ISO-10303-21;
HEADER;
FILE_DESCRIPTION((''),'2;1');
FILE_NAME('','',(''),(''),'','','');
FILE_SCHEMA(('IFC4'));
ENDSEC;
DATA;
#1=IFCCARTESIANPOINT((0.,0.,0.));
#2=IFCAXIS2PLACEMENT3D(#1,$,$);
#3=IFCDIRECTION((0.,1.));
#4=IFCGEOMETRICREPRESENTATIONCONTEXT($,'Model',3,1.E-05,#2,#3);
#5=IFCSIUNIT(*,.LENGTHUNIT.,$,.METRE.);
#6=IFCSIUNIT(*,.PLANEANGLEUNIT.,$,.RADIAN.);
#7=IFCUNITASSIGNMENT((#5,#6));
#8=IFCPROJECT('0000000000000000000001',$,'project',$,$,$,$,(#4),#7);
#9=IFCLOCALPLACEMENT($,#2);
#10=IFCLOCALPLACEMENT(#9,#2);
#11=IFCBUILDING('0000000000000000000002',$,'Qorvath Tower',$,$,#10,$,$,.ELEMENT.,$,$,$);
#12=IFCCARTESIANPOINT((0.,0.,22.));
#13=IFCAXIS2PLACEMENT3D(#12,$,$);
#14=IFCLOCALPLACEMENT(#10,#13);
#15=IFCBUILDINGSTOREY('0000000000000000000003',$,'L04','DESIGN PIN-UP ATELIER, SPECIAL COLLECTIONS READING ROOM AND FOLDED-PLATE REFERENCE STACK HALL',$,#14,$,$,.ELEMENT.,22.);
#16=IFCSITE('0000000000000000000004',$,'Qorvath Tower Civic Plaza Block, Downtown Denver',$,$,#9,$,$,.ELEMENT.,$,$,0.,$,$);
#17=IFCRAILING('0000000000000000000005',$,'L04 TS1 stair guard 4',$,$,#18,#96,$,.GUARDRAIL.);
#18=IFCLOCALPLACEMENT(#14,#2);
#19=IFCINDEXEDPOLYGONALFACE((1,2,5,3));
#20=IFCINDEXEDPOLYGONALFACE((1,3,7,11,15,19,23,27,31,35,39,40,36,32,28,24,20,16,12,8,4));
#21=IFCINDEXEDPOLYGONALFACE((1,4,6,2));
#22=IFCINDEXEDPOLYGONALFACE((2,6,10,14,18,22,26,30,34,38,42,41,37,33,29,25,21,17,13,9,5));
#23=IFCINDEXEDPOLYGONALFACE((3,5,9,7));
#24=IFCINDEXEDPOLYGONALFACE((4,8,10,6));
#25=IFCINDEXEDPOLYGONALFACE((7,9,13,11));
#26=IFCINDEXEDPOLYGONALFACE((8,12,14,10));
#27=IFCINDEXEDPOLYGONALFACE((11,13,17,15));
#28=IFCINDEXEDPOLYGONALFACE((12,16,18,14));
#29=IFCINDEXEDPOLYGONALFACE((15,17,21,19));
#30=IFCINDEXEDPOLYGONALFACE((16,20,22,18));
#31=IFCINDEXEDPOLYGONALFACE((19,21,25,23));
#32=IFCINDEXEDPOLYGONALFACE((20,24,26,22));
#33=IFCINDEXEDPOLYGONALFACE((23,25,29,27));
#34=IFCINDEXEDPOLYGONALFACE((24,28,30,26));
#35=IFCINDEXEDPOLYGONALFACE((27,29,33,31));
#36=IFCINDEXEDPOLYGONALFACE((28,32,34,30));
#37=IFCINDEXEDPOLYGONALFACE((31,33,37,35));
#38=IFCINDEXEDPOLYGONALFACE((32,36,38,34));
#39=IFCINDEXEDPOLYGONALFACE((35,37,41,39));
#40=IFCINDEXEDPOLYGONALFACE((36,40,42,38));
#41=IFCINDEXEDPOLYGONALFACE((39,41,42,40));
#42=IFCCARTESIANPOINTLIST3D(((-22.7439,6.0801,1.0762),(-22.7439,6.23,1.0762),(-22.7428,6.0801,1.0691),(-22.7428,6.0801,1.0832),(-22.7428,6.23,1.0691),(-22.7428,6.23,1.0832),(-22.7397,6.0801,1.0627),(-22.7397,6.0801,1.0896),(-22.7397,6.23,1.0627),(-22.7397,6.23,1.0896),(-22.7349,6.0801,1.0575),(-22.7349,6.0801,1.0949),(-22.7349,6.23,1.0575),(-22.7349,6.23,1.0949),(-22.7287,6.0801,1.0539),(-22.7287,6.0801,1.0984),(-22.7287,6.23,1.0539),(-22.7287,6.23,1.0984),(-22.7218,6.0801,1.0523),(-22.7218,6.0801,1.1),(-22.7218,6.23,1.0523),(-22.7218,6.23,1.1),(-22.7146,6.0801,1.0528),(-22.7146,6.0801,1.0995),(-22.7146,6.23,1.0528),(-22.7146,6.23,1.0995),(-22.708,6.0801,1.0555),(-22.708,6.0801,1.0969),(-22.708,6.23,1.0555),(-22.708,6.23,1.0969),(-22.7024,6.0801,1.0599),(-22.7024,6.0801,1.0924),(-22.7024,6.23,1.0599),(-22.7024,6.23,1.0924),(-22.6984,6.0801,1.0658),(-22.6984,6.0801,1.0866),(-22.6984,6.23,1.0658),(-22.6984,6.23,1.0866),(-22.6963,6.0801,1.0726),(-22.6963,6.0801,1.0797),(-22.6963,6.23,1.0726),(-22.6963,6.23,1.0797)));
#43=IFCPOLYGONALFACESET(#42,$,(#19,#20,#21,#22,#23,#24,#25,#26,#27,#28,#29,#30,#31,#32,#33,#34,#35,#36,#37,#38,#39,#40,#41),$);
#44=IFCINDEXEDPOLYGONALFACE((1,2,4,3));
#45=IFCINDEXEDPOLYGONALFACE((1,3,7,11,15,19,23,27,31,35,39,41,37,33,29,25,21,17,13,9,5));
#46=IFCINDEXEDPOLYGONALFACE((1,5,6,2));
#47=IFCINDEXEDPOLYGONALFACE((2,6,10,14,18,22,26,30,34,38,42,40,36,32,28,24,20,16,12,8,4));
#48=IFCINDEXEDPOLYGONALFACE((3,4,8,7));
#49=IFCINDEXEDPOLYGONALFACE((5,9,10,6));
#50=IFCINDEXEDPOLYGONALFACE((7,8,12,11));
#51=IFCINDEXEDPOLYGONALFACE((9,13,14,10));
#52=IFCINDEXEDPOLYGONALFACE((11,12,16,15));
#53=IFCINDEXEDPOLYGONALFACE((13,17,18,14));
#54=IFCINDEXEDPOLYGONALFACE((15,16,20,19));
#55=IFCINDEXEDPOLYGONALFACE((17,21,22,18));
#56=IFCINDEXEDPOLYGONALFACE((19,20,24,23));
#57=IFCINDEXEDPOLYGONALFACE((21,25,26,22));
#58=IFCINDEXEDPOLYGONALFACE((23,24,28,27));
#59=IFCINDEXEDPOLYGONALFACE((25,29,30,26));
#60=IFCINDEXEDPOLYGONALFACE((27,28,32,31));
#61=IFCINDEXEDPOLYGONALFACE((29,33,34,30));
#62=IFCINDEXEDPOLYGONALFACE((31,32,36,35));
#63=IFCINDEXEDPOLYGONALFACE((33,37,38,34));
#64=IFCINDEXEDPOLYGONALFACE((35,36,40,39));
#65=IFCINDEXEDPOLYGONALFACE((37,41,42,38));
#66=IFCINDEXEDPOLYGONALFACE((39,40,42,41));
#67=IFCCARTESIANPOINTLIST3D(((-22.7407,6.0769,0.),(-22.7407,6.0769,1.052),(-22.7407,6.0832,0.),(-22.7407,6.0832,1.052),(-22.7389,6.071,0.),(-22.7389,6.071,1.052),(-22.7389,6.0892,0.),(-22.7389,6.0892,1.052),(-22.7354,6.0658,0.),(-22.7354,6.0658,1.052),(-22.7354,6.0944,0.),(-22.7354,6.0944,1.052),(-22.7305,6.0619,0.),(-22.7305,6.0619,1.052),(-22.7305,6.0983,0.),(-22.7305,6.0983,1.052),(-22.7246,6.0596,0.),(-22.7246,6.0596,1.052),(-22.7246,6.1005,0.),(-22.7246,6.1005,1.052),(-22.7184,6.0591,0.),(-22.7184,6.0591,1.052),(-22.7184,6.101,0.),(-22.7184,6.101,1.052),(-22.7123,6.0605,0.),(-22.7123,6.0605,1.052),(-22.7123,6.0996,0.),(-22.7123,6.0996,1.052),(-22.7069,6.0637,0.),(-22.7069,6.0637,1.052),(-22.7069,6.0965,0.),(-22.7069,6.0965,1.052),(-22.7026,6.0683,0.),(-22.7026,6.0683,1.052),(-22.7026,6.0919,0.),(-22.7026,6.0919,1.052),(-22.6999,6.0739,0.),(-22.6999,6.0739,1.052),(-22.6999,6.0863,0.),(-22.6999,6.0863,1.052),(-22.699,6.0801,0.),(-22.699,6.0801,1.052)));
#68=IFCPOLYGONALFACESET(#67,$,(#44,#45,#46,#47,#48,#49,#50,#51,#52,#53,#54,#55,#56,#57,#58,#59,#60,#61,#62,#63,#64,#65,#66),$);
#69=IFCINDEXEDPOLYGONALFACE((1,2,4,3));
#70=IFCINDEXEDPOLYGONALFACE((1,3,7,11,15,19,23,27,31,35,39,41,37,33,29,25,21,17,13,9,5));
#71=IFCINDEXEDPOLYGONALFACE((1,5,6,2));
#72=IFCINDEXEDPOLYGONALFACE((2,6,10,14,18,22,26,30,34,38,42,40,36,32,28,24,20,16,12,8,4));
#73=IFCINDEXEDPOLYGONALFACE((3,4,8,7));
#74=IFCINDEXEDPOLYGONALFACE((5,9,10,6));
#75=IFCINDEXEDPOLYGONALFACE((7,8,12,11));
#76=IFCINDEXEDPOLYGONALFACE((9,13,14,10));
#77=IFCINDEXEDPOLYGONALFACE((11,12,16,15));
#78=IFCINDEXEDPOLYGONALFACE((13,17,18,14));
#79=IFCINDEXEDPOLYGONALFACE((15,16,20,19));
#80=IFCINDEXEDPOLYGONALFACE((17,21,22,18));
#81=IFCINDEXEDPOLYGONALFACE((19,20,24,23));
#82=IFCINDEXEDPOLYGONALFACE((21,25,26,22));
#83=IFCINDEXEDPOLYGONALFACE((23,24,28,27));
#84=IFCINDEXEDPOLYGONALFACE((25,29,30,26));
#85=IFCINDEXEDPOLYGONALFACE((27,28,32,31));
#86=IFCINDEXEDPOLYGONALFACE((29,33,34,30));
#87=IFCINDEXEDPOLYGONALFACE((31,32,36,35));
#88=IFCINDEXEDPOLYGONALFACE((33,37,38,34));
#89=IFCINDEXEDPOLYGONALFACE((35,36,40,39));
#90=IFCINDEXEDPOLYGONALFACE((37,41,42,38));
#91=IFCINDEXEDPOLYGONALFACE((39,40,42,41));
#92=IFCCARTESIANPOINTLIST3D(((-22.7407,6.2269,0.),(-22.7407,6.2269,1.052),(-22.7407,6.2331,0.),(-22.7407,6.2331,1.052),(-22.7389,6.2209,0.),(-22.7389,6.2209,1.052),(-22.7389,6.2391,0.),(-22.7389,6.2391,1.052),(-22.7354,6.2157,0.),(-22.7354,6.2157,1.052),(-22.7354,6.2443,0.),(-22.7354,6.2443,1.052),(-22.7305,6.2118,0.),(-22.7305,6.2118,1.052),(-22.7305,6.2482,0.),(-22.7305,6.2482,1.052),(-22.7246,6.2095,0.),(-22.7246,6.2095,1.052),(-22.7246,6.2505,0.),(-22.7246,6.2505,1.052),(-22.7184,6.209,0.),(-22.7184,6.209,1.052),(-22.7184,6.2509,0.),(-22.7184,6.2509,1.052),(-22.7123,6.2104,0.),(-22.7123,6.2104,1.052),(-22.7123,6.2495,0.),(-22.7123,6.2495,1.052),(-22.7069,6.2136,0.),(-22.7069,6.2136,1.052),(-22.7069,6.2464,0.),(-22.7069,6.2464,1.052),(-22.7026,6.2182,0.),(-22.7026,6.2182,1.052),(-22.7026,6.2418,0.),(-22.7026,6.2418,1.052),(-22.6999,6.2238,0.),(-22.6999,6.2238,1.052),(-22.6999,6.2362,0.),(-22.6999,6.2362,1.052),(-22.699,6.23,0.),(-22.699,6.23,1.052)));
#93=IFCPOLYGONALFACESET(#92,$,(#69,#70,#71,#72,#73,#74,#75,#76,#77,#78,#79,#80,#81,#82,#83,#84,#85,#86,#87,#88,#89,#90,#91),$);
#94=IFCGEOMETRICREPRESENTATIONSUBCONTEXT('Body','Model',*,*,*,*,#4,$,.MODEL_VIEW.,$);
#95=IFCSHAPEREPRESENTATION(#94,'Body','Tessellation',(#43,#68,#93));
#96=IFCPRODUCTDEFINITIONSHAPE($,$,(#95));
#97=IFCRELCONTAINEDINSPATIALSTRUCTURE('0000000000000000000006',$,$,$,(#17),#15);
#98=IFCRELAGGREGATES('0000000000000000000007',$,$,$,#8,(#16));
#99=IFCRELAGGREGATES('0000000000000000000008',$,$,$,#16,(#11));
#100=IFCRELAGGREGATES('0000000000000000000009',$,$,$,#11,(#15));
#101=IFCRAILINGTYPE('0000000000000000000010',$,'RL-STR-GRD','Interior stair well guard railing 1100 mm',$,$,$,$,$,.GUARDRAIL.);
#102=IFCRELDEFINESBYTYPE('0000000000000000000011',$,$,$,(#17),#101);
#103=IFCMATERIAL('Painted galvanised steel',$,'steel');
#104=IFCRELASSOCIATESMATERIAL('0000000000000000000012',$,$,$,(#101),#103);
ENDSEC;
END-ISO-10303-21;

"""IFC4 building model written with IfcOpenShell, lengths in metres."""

from ifc_helpers import new_model, si_unit, direction, frame, origin, origin_2d, place, context, subcontext, project, spatial, circle, extrude, material, type_object, element, save


model = new_model("IFC4")

# Units and contexts
model_context = context("Model", 3, precision=1e-05, world=origin(), true_north=direction((0.0, 1.0)))
body_context = subcontext(model_context, "Body", "Model", "MODEL_VIEW")
ifc_project = project(units=[si_unit("LENGTHUNIT", "METRE"), si_unit("PLANEANGLEUNIT", "RADIAN")], contexts=[model_context])

# Site, building, storey
site_placement = place(None, origin())
site = spatial("IfcSite", under=ifc_project, at=site_placement, Name="Qorvath Tower Civic Plaza Block, Downtown Denver", CompositionType="ELEMENT", RefElevation=0.0)
building_placement = place(site_placement, origin())
building = spatial("IfcBuilding", under=site, at=building_placement, Name="Qorvath Tower", CompositionType="ELEMENT")
storey_placement = place(building_placement, frame((0.0, 0.0, 22.0)))
storey = spatial("IfcBuildingStorey", under=building, at=storey_placement, Name="L04", Description="DESIGN PIN-UP ATELIER, SPECIAL COLLECTIONS READING ROOM AND FOLDED-PLATE REFERENCE STACK HALL", CompositionType="ELEMENT", Elevation=22.0)

# Railing
ifc_material_1 = material(Name="Painted galvanised steel", Category="steel")
railing_type_1 = type_object("IfcRailingType", Name="RL-STR-GRD", Description="Interior stair well guard railing 1100 mm", PredefinedType="GUARDRAIL", material=ifc_material_1)
railing_1_placement = place(storey_placement, frame((-22.72, 6.0801, 0.0)))
element("IfcRailing", 1, at=railing_1_placement, inside=storey, type_object=railing_type_1, Name="L04 TS1 stair guard 4", PredefinedType="GUARDRAIL", context=body_context, shape_type="SweptSolid", body=[
    extrude(circle(Radius=0.0239, at=origin_2d()), frame((0.0, 0.0, 1.0762), z_axis=(0.0, 1.0, 0.0), x_axis=(-1.0, 0.0, 0.0)), (0.0, 0.0, 1.0), 0.1499),
    extrude(circle(Radius=0.021, at=origin_2d()), origin(), (0.0, 0.0, 1.0), 1.052),
    extrude(circle(Radius=0.021, at=origin_2d()), frame((0.0, 0.1499, 0.0)), (0.0, 0.0, 1.0), 1.052),
])

save(model, "model.ifc")
